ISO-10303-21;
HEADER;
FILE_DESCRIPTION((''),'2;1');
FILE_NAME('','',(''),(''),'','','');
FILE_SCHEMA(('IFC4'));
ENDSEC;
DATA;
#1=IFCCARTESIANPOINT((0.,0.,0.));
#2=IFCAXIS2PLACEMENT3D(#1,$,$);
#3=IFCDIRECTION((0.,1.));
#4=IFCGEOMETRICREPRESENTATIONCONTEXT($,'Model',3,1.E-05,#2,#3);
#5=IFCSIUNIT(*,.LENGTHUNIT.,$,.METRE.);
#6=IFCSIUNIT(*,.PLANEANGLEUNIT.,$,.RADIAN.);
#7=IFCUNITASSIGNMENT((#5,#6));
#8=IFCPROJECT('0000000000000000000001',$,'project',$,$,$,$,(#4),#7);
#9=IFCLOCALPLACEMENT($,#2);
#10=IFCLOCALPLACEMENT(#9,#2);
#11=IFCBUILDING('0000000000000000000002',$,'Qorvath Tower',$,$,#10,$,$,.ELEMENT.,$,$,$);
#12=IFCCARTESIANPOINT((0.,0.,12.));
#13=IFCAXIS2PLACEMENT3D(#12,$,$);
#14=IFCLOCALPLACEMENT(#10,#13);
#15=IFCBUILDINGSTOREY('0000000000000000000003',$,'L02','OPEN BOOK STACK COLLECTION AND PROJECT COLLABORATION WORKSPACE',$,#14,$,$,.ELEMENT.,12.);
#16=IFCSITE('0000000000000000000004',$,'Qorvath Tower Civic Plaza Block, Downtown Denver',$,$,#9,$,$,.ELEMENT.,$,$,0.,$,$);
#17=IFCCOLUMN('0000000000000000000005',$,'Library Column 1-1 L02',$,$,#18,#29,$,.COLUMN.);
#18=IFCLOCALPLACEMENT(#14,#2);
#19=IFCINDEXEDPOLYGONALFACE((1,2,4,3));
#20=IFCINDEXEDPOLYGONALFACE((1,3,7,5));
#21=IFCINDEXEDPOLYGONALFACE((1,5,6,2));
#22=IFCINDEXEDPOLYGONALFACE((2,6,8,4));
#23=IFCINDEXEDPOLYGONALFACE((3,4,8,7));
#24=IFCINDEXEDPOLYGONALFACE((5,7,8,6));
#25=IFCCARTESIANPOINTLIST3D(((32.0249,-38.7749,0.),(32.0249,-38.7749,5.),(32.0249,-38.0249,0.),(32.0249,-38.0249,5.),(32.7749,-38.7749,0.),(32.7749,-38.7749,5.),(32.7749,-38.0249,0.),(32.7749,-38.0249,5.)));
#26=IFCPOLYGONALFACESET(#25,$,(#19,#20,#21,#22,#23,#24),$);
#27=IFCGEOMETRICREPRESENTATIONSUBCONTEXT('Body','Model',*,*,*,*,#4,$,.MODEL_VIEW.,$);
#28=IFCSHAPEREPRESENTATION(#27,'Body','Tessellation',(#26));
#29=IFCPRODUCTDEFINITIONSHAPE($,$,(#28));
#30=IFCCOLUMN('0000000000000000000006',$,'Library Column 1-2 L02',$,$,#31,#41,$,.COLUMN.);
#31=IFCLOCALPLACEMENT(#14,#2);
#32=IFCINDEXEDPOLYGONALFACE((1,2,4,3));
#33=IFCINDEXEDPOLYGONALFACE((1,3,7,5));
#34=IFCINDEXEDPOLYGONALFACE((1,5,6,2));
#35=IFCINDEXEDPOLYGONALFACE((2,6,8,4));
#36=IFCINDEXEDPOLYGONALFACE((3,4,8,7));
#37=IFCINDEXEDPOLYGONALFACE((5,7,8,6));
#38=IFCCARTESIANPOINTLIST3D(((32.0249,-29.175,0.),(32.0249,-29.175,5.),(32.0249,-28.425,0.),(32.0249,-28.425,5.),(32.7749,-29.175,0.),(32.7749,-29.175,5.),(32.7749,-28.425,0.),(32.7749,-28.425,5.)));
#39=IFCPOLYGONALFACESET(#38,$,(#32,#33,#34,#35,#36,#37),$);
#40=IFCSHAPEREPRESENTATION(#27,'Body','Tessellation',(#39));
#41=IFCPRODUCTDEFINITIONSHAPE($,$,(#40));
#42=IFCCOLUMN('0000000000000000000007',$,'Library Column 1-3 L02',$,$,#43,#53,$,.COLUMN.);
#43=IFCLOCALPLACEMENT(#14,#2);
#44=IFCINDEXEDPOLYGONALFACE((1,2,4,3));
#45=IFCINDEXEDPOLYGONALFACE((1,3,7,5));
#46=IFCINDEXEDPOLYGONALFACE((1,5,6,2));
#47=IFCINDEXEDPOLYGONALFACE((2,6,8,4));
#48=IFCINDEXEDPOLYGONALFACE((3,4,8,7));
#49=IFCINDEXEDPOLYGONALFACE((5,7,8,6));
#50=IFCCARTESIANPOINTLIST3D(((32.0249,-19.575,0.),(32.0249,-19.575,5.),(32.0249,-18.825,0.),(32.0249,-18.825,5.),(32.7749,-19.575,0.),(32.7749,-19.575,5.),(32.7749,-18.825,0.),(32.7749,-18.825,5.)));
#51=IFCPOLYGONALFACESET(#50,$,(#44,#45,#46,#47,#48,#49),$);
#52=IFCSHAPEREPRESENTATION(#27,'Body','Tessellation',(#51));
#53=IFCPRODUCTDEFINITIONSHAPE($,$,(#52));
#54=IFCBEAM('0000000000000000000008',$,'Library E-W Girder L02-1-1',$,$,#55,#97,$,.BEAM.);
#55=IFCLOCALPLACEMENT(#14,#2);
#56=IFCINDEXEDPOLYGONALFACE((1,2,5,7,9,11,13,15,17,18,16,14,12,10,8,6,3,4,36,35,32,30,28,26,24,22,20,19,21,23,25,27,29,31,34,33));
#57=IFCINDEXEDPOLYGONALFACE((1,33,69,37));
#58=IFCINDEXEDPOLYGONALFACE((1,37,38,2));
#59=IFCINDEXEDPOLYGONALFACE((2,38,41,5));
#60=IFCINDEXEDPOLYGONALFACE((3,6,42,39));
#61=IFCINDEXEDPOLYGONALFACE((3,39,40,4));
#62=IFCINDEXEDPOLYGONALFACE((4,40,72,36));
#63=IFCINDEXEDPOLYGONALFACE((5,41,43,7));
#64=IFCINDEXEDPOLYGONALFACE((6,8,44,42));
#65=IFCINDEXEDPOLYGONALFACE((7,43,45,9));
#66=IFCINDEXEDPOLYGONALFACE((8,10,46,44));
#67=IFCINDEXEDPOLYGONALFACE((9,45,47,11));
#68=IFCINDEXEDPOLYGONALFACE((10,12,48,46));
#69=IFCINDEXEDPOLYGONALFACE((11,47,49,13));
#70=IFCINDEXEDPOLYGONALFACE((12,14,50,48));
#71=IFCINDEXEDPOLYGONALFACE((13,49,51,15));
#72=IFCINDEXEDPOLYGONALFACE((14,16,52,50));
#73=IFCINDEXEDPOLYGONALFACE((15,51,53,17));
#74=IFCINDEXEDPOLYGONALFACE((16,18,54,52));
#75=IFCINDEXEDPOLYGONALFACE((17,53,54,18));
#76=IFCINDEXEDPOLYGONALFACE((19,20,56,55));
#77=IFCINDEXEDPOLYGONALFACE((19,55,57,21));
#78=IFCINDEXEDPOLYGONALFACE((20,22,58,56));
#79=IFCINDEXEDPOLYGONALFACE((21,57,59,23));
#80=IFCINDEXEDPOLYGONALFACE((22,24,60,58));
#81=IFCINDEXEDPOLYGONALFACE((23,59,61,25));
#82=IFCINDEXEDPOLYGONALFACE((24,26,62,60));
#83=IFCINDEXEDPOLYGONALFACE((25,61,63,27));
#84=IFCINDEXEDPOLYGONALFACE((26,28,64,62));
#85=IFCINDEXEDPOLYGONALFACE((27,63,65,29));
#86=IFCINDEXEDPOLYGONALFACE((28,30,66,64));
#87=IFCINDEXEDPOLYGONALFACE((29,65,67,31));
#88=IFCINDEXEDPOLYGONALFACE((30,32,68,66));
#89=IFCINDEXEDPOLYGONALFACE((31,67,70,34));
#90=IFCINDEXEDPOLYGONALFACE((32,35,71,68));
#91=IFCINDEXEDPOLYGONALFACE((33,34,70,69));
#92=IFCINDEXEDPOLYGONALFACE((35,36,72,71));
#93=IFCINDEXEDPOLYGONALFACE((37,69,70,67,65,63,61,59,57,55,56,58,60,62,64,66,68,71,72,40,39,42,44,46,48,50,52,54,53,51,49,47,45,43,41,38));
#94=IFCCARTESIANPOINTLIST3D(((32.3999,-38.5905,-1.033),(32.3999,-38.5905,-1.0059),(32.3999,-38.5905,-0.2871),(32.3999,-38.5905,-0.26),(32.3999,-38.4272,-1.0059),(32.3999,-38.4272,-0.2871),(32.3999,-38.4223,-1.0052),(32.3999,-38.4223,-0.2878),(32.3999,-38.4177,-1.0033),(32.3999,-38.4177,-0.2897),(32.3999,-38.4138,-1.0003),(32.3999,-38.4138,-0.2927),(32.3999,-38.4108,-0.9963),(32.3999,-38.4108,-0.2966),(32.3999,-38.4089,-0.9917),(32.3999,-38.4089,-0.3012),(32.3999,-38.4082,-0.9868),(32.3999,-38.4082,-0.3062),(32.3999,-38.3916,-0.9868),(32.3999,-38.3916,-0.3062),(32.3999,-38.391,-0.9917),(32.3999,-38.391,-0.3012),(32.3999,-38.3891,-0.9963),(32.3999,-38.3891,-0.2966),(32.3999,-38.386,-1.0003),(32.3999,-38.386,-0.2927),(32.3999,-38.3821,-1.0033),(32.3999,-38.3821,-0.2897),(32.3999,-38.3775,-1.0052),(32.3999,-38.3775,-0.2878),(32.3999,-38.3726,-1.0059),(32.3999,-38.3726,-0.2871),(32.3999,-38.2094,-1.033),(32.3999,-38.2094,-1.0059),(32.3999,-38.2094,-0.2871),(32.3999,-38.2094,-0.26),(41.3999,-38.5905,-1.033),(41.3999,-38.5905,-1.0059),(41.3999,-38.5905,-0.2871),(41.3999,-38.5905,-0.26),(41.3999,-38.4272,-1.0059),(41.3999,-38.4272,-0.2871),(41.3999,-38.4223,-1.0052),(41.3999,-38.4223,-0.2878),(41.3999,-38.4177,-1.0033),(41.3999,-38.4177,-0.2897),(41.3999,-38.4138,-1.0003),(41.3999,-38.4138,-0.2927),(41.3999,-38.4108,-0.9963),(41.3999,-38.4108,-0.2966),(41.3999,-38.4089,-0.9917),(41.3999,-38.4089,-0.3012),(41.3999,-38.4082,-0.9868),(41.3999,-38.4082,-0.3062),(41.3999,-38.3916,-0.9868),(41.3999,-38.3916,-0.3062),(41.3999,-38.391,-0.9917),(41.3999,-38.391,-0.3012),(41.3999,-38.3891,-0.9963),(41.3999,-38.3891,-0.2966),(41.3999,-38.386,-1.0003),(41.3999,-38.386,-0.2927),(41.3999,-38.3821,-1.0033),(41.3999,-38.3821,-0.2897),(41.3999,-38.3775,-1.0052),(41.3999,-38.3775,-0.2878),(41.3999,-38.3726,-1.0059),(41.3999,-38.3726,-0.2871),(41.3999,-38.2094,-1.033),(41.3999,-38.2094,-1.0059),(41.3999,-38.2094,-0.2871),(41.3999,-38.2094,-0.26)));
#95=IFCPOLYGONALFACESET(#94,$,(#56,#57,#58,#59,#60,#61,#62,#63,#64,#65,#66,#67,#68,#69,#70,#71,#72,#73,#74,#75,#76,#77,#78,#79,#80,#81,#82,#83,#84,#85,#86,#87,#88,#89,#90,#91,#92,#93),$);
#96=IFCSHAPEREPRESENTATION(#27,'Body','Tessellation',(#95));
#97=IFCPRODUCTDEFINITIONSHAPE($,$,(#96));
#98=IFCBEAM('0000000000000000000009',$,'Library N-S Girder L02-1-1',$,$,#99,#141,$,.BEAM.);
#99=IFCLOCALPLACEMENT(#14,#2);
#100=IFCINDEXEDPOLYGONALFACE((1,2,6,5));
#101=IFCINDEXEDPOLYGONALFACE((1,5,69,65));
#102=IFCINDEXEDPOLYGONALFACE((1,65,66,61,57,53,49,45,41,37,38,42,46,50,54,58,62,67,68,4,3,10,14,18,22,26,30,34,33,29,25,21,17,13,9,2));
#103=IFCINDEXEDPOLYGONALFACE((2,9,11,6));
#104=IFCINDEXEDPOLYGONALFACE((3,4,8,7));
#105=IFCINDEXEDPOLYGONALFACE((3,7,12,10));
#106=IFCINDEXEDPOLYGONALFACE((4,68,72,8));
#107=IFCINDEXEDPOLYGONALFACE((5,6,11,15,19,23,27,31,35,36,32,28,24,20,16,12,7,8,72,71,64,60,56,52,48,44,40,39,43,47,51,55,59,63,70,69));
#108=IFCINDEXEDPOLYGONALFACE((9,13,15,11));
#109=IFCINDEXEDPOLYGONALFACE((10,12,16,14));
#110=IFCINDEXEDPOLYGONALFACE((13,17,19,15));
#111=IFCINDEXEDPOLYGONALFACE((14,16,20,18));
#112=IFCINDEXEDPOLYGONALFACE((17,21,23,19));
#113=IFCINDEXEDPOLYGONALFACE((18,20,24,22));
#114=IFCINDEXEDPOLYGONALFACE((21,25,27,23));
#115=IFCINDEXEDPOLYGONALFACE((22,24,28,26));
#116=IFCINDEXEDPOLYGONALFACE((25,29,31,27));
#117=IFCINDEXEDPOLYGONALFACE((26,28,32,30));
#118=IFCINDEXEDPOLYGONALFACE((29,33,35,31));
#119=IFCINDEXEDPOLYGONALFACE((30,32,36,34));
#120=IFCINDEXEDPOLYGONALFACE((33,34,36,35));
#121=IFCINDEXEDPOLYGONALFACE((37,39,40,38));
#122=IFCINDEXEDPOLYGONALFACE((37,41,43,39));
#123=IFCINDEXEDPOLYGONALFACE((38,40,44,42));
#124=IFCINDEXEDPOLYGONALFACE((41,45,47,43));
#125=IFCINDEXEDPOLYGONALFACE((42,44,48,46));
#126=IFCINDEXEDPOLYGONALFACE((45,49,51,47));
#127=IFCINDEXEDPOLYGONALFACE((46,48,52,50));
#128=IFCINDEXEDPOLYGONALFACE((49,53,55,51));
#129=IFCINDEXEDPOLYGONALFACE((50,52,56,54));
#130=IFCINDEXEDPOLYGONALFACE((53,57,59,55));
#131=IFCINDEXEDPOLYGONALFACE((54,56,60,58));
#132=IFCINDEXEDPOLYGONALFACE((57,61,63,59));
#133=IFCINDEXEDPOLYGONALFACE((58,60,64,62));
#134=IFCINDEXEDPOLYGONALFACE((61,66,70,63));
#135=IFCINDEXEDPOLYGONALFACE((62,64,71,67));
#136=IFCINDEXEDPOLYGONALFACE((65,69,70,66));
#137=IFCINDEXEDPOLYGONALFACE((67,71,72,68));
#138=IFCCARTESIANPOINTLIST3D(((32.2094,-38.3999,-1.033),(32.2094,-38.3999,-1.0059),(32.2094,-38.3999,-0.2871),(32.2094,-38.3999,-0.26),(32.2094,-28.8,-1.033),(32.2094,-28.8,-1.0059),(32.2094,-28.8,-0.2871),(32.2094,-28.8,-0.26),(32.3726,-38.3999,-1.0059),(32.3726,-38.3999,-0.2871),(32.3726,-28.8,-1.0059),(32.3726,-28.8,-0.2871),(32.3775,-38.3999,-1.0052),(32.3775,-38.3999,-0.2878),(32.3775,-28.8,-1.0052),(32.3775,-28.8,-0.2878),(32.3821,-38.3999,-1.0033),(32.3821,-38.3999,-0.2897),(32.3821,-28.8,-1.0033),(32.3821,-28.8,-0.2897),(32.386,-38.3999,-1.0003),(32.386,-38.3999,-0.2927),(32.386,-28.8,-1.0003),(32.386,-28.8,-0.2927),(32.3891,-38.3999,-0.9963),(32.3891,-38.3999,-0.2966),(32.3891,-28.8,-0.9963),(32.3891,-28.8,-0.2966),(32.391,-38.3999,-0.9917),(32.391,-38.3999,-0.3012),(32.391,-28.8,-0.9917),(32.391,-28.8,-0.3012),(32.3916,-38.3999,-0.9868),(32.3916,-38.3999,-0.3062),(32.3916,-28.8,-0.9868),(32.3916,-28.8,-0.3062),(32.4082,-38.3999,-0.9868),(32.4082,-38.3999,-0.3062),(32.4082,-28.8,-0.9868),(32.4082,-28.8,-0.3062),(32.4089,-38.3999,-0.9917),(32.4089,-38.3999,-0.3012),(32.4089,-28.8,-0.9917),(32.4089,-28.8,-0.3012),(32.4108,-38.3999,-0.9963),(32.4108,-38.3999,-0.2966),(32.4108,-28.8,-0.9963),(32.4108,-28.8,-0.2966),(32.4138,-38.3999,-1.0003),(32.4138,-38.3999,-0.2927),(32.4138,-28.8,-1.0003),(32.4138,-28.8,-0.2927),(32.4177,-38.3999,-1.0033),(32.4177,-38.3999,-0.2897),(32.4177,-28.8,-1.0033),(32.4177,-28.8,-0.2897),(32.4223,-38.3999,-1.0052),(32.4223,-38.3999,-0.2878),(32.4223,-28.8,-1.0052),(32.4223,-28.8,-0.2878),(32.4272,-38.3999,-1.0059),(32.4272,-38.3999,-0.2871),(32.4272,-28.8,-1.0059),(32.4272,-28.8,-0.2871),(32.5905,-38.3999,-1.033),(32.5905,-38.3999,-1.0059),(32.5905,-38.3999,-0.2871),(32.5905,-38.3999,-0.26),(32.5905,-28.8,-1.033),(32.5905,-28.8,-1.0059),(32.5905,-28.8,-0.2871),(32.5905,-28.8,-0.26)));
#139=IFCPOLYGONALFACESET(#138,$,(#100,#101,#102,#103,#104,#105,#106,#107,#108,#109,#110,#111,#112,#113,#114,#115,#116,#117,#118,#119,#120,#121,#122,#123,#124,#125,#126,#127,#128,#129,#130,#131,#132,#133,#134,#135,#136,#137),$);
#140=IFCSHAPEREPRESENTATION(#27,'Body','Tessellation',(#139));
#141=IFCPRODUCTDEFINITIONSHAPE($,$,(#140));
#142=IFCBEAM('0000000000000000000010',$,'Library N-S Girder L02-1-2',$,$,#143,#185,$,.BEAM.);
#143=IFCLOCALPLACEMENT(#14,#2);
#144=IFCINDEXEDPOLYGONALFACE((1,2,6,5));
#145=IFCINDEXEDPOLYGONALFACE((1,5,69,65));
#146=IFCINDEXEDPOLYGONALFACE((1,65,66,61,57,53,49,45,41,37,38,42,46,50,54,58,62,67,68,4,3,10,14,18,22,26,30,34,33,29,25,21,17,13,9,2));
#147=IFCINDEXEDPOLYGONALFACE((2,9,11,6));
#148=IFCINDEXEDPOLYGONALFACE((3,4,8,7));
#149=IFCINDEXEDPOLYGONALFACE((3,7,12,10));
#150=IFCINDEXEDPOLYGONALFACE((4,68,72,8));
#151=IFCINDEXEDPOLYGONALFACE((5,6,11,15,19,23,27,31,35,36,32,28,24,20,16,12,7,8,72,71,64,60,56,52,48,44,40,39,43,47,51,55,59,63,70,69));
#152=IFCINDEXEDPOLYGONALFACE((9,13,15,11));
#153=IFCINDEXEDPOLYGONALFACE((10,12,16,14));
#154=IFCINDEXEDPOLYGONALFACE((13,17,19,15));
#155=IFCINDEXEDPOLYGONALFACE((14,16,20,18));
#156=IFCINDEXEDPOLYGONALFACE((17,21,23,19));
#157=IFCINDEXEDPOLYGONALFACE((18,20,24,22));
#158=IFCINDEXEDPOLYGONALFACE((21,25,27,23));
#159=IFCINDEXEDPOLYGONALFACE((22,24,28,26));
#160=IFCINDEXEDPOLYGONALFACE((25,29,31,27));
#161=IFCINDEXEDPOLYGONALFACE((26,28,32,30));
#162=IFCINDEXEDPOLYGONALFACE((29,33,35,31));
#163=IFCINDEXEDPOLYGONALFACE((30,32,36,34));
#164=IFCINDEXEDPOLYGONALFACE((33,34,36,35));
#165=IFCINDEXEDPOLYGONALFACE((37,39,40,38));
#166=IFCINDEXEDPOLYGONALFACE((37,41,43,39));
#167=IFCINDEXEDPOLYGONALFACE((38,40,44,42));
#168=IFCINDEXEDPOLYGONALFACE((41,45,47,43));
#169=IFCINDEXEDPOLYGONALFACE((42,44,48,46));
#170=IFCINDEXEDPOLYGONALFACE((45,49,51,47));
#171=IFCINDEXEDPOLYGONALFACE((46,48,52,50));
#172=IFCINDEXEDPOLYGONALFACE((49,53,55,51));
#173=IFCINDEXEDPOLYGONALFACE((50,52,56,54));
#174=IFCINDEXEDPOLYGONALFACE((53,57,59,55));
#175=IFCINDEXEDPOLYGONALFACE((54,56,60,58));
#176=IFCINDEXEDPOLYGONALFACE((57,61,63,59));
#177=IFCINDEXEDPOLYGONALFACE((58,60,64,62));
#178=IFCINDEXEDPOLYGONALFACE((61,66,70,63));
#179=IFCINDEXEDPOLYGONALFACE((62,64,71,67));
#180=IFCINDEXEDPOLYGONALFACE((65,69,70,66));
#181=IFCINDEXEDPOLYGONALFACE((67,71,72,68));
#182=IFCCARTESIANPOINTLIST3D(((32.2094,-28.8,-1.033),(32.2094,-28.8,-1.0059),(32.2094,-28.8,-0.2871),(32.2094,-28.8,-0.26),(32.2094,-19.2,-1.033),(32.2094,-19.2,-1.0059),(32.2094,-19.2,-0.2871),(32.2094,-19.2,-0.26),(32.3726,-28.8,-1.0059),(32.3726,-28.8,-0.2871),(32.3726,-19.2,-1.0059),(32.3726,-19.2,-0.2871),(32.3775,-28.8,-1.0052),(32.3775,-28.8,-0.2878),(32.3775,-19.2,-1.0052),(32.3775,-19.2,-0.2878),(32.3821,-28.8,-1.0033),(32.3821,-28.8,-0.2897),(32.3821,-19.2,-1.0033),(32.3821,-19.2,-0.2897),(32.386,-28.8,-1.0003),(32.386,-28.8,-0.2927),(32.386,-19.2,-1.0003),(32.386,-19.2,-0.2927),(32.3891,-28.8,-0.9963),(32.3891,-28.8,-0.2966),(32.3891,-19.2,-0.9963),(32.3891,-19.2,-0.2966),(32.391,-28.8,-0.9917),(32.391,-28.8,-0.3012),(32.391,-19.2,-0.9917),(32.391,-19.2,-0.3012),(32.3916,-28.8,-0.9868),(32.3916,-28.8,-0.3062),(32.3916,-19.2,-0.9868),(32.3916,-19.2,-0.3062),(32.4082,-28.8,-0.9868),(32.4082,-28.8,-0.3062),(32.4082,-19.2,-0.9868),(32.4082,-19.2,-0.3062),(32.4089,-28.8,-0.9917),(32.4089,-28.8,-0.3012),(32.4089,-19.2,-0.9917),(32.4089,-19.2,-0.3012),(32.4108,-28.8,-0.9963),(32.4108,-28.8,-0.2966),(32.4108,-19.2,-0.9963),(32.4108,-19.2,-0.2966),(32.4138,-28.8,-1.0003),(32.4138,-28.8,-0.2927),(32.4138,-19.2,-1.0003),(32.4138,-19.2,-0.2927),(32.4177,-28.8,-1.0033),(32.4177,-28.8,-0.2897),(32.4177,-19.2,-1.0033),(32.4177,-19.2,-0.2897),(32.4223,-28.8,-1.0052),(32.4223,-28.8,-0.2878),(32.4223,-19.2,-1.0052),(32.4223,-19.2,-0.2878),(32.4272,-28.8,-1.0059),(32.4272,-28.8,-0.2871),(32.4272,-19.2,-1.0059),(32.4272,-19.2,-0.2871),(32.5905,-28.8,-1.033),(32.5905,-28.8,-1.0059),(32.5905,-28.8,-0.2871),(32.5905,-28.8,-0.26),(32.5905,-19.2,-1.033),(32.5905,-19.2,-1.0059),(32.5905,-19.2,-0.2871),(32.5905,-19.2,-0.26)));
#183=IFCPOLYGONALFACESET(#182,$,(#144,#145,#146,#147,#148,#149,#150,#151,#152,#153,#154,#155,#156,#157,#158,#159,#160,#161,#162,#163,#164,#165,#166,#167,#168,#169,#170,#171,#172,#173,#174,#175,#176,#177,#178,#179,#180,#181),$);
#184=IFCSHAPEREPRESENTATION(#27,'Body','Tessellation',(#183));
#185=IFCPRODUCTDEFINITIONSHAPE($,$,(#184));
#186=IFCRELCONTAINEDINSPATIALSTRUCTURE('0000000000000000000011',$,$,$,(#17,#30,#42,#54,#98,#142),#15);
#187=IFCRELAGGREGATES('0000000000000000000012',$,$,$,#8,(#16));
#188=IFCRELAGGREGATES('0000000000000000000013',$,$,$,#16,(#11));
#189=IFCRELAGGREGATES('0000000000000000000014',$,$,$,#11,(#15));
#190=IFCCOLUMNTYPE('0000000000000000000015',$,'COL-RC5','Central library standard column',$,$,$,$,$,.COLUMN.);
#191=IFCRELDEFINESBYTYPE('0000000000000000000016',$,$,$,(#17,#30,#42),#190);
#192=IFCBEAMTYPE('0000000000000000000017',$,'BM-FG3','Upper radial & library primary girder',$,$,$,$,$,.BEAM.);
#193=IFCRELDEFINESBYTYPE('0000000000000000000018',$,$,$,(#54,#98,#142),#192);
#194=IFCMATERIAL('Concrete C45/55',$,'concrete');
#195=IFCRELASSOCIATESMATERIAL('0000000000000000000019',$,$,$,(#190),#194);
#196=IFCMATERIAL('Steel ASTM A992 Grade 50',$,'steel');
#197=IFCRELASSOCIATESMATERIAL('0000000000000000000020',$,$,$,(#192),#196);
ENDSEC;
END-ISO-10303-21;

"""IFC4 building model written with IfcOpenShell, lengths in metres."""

from ifc_helpers import new_model, si_unit, direction, frame, origin, origin_2d, place, context, subcontext, project, spatial, rectangle, i_section, extrude, material, material_profile, profile_set, type_object, element, save


model = new_model("IFC4")

# Units and contexts
model_context = context("Model", 3, precision=1e-05, world=origin(), true_north=direction((0.0, 1.0)))
body_context = subcontext(model_context, "Body", "Model", "MODEL_VIEW")
ifc_project = project(units=[si_unit("LENGTHUNIT", "METRE"), si_unit("PLANEANGLEUNIT", "RADIAN")], contexts=[model_context])

# Site, building, storey
site_placement = place(None, origin())
site = spatial("IfcSite", under=ifc_project, at=site_placement, Name="Qorvath Tower Civic Plaza Block, Downtown Denver", CompositionType="ELEMENT", RefElevation=0.0)
building_placement = place(site_placement, origin())
building = spatial("IfcBuilding", under=site, at=building_placement, Name="Qorvath Tower", CompositionType="ELEMENT")
storey_placement = place(building_placement, frame((0.0, 0.0, 12.0)))
storey = spatial("IfcBuildingStorey", under=building, at=storey_placement, Name="L02", Description="OPEN BOOK STACK COLLECTION AND PROJECT COLLABORATION WORKSPACE", CompositionType="ELEMENT", Elevation=12.0)

# Columns
ifc_material_1 = material(Name="Concrete C45/55", Category="concrete")
ifc_material_profile_1 = material_profile(ifc_material_1, rectangle(XDim=0.75, YDim=0.75, at=origin_2d()), Name="RC 750x750")
ifc_profile_set_1 = profile_set([ifc_material_profile_1], Name="Concrete C45/55")
column_type = type_object("IfcColumnType", Name="COL-RC5", Description="Central library standard column", PredefinedType="COLUMN", material=ifc_profile_set_1)
for number, where, z_axis, x_axis, name in (
    (1, (32.3999, -38.3999, 0.0), (0.0, 0.0, 1.0), (1.0, 0.0, 0.0), "Library Column 1-1 L02"),
    (2, (32.3999, -28.8, 0.0), (0.0, 0.0, 1.0), (1.0, 0.0, 0.0), "Library Column 1-2 L02"),
    (3, (32.3999, -19.2, 0.0), (0.0, 0.0, 1.0), (1.0, 0.0, 0.0), "Library Column 1-3 L02"),
):
    element("IfcColumn", number, at=place(storey_placement, frame(where, z_axis=z_axis, x_axis=x_axis)), inside=storey, type_object=column_type, Name=name, PredefinedType="COLUMN", context=body_context, shape_type="SweptSolid", body=[
        extrude(rectangle(XDim=0.75, YDim=0.75, at=origin_2d()), origin(), (0.0, 0.0, 1.0), 5.0),
    ])

# Beams
ifc_material_2 = material(Name="Steel ASTM A992 Grade 50", Category="steel")
ifc_material_profile_2 = material_profile(ifc_material_2, i_section(OverallWidth=0.3811, OverallDepth=0.7729, WebThickness=0.0166, FlangeThickness=0.0271, FilletRadius=0.019, at=origin_2d()), Name="W30x173")
ifc_profile_set_2 = profile_set([ifc_material_profile_2], Name="Steel ASTM A992 Grade 50")
beam_type_1 = type_object("IfcBeamType", Name="BM-FG3", Description="Upper radial & library primary girder", PredefinedType="BEAM", material=ifc_profile_set_2)
beam_1_placement = place(storey_placement, frame((32.3999, -38.3999, -0.6465), z_axis=(1.0, 0.0, 0.0), x_axis=(0.0, 1.0, 0.0)))
element("IfcBeam", 4, at=beam_1_placement, inside=storey, type_object=beam_type_1, Name="Library E-W Girder L02-1-1", PredefinedType="BEAM", context=body_context, shape_type="SweptSolid", body=[
    extrude(i_section(OverallWidth=0.3811, OverallDepth=0.7729, WebThickness=0.0166, FlangeThickness=0.0271, FilletRadius=0.019, at=origin_2d()), origin(), (0.0, 0.0, 1.0), 9.0),
])
beam_2_placement = place(storey_placement, frame((32.3999, -38.3999, -0.6465), z_axis=(0.0, 1.0, 0.0), x_axis=(-1.0, 0.0, 0.0)))
element("IfcBeam", 5, at=beam_2_placement, inside=storey, type_object=beam_type_1, Name="Library N-S Girder L02-1-1", PredefinedType="BEAM", context=body_context, shape_type="SweptSolid", body=[
    extrude(i_section(OverallWidth=0.3811, OverallDepth=0.7729, WebThickness=0.0166, FlangeThickness=0.0271, FilletRadius=0.019, at=origin_2d()), origin(), (0.0, 0.0, 1.0), 9.5999),
])
beam_3_placement = place(storey_placement, frame((32.3999, -28.8, -0.6465), z_axis=(0.0, 1.0, 0.0), x_axis=(-1.0, 0.0, 0.0)))
element("IfcBeam", 6, at=beam_3_placement, inside=storey, type_object=beam_type_1, Name="Library N-S Girder L02-1-2", PredefinedType="BEAM", context=body_context, shape_type="SweptSolid", body=[
    extrude(i_section(OverallWidth=0.3811, OverallDepth=0.7729, WebThickness=0.0166, FlangeThickness=0.0271, FilletRadius=0.019, at=origin_2d()), origin(), (0.0, 0.0, 1.0), 9.6001),
])

save(model, "model.ifc")
